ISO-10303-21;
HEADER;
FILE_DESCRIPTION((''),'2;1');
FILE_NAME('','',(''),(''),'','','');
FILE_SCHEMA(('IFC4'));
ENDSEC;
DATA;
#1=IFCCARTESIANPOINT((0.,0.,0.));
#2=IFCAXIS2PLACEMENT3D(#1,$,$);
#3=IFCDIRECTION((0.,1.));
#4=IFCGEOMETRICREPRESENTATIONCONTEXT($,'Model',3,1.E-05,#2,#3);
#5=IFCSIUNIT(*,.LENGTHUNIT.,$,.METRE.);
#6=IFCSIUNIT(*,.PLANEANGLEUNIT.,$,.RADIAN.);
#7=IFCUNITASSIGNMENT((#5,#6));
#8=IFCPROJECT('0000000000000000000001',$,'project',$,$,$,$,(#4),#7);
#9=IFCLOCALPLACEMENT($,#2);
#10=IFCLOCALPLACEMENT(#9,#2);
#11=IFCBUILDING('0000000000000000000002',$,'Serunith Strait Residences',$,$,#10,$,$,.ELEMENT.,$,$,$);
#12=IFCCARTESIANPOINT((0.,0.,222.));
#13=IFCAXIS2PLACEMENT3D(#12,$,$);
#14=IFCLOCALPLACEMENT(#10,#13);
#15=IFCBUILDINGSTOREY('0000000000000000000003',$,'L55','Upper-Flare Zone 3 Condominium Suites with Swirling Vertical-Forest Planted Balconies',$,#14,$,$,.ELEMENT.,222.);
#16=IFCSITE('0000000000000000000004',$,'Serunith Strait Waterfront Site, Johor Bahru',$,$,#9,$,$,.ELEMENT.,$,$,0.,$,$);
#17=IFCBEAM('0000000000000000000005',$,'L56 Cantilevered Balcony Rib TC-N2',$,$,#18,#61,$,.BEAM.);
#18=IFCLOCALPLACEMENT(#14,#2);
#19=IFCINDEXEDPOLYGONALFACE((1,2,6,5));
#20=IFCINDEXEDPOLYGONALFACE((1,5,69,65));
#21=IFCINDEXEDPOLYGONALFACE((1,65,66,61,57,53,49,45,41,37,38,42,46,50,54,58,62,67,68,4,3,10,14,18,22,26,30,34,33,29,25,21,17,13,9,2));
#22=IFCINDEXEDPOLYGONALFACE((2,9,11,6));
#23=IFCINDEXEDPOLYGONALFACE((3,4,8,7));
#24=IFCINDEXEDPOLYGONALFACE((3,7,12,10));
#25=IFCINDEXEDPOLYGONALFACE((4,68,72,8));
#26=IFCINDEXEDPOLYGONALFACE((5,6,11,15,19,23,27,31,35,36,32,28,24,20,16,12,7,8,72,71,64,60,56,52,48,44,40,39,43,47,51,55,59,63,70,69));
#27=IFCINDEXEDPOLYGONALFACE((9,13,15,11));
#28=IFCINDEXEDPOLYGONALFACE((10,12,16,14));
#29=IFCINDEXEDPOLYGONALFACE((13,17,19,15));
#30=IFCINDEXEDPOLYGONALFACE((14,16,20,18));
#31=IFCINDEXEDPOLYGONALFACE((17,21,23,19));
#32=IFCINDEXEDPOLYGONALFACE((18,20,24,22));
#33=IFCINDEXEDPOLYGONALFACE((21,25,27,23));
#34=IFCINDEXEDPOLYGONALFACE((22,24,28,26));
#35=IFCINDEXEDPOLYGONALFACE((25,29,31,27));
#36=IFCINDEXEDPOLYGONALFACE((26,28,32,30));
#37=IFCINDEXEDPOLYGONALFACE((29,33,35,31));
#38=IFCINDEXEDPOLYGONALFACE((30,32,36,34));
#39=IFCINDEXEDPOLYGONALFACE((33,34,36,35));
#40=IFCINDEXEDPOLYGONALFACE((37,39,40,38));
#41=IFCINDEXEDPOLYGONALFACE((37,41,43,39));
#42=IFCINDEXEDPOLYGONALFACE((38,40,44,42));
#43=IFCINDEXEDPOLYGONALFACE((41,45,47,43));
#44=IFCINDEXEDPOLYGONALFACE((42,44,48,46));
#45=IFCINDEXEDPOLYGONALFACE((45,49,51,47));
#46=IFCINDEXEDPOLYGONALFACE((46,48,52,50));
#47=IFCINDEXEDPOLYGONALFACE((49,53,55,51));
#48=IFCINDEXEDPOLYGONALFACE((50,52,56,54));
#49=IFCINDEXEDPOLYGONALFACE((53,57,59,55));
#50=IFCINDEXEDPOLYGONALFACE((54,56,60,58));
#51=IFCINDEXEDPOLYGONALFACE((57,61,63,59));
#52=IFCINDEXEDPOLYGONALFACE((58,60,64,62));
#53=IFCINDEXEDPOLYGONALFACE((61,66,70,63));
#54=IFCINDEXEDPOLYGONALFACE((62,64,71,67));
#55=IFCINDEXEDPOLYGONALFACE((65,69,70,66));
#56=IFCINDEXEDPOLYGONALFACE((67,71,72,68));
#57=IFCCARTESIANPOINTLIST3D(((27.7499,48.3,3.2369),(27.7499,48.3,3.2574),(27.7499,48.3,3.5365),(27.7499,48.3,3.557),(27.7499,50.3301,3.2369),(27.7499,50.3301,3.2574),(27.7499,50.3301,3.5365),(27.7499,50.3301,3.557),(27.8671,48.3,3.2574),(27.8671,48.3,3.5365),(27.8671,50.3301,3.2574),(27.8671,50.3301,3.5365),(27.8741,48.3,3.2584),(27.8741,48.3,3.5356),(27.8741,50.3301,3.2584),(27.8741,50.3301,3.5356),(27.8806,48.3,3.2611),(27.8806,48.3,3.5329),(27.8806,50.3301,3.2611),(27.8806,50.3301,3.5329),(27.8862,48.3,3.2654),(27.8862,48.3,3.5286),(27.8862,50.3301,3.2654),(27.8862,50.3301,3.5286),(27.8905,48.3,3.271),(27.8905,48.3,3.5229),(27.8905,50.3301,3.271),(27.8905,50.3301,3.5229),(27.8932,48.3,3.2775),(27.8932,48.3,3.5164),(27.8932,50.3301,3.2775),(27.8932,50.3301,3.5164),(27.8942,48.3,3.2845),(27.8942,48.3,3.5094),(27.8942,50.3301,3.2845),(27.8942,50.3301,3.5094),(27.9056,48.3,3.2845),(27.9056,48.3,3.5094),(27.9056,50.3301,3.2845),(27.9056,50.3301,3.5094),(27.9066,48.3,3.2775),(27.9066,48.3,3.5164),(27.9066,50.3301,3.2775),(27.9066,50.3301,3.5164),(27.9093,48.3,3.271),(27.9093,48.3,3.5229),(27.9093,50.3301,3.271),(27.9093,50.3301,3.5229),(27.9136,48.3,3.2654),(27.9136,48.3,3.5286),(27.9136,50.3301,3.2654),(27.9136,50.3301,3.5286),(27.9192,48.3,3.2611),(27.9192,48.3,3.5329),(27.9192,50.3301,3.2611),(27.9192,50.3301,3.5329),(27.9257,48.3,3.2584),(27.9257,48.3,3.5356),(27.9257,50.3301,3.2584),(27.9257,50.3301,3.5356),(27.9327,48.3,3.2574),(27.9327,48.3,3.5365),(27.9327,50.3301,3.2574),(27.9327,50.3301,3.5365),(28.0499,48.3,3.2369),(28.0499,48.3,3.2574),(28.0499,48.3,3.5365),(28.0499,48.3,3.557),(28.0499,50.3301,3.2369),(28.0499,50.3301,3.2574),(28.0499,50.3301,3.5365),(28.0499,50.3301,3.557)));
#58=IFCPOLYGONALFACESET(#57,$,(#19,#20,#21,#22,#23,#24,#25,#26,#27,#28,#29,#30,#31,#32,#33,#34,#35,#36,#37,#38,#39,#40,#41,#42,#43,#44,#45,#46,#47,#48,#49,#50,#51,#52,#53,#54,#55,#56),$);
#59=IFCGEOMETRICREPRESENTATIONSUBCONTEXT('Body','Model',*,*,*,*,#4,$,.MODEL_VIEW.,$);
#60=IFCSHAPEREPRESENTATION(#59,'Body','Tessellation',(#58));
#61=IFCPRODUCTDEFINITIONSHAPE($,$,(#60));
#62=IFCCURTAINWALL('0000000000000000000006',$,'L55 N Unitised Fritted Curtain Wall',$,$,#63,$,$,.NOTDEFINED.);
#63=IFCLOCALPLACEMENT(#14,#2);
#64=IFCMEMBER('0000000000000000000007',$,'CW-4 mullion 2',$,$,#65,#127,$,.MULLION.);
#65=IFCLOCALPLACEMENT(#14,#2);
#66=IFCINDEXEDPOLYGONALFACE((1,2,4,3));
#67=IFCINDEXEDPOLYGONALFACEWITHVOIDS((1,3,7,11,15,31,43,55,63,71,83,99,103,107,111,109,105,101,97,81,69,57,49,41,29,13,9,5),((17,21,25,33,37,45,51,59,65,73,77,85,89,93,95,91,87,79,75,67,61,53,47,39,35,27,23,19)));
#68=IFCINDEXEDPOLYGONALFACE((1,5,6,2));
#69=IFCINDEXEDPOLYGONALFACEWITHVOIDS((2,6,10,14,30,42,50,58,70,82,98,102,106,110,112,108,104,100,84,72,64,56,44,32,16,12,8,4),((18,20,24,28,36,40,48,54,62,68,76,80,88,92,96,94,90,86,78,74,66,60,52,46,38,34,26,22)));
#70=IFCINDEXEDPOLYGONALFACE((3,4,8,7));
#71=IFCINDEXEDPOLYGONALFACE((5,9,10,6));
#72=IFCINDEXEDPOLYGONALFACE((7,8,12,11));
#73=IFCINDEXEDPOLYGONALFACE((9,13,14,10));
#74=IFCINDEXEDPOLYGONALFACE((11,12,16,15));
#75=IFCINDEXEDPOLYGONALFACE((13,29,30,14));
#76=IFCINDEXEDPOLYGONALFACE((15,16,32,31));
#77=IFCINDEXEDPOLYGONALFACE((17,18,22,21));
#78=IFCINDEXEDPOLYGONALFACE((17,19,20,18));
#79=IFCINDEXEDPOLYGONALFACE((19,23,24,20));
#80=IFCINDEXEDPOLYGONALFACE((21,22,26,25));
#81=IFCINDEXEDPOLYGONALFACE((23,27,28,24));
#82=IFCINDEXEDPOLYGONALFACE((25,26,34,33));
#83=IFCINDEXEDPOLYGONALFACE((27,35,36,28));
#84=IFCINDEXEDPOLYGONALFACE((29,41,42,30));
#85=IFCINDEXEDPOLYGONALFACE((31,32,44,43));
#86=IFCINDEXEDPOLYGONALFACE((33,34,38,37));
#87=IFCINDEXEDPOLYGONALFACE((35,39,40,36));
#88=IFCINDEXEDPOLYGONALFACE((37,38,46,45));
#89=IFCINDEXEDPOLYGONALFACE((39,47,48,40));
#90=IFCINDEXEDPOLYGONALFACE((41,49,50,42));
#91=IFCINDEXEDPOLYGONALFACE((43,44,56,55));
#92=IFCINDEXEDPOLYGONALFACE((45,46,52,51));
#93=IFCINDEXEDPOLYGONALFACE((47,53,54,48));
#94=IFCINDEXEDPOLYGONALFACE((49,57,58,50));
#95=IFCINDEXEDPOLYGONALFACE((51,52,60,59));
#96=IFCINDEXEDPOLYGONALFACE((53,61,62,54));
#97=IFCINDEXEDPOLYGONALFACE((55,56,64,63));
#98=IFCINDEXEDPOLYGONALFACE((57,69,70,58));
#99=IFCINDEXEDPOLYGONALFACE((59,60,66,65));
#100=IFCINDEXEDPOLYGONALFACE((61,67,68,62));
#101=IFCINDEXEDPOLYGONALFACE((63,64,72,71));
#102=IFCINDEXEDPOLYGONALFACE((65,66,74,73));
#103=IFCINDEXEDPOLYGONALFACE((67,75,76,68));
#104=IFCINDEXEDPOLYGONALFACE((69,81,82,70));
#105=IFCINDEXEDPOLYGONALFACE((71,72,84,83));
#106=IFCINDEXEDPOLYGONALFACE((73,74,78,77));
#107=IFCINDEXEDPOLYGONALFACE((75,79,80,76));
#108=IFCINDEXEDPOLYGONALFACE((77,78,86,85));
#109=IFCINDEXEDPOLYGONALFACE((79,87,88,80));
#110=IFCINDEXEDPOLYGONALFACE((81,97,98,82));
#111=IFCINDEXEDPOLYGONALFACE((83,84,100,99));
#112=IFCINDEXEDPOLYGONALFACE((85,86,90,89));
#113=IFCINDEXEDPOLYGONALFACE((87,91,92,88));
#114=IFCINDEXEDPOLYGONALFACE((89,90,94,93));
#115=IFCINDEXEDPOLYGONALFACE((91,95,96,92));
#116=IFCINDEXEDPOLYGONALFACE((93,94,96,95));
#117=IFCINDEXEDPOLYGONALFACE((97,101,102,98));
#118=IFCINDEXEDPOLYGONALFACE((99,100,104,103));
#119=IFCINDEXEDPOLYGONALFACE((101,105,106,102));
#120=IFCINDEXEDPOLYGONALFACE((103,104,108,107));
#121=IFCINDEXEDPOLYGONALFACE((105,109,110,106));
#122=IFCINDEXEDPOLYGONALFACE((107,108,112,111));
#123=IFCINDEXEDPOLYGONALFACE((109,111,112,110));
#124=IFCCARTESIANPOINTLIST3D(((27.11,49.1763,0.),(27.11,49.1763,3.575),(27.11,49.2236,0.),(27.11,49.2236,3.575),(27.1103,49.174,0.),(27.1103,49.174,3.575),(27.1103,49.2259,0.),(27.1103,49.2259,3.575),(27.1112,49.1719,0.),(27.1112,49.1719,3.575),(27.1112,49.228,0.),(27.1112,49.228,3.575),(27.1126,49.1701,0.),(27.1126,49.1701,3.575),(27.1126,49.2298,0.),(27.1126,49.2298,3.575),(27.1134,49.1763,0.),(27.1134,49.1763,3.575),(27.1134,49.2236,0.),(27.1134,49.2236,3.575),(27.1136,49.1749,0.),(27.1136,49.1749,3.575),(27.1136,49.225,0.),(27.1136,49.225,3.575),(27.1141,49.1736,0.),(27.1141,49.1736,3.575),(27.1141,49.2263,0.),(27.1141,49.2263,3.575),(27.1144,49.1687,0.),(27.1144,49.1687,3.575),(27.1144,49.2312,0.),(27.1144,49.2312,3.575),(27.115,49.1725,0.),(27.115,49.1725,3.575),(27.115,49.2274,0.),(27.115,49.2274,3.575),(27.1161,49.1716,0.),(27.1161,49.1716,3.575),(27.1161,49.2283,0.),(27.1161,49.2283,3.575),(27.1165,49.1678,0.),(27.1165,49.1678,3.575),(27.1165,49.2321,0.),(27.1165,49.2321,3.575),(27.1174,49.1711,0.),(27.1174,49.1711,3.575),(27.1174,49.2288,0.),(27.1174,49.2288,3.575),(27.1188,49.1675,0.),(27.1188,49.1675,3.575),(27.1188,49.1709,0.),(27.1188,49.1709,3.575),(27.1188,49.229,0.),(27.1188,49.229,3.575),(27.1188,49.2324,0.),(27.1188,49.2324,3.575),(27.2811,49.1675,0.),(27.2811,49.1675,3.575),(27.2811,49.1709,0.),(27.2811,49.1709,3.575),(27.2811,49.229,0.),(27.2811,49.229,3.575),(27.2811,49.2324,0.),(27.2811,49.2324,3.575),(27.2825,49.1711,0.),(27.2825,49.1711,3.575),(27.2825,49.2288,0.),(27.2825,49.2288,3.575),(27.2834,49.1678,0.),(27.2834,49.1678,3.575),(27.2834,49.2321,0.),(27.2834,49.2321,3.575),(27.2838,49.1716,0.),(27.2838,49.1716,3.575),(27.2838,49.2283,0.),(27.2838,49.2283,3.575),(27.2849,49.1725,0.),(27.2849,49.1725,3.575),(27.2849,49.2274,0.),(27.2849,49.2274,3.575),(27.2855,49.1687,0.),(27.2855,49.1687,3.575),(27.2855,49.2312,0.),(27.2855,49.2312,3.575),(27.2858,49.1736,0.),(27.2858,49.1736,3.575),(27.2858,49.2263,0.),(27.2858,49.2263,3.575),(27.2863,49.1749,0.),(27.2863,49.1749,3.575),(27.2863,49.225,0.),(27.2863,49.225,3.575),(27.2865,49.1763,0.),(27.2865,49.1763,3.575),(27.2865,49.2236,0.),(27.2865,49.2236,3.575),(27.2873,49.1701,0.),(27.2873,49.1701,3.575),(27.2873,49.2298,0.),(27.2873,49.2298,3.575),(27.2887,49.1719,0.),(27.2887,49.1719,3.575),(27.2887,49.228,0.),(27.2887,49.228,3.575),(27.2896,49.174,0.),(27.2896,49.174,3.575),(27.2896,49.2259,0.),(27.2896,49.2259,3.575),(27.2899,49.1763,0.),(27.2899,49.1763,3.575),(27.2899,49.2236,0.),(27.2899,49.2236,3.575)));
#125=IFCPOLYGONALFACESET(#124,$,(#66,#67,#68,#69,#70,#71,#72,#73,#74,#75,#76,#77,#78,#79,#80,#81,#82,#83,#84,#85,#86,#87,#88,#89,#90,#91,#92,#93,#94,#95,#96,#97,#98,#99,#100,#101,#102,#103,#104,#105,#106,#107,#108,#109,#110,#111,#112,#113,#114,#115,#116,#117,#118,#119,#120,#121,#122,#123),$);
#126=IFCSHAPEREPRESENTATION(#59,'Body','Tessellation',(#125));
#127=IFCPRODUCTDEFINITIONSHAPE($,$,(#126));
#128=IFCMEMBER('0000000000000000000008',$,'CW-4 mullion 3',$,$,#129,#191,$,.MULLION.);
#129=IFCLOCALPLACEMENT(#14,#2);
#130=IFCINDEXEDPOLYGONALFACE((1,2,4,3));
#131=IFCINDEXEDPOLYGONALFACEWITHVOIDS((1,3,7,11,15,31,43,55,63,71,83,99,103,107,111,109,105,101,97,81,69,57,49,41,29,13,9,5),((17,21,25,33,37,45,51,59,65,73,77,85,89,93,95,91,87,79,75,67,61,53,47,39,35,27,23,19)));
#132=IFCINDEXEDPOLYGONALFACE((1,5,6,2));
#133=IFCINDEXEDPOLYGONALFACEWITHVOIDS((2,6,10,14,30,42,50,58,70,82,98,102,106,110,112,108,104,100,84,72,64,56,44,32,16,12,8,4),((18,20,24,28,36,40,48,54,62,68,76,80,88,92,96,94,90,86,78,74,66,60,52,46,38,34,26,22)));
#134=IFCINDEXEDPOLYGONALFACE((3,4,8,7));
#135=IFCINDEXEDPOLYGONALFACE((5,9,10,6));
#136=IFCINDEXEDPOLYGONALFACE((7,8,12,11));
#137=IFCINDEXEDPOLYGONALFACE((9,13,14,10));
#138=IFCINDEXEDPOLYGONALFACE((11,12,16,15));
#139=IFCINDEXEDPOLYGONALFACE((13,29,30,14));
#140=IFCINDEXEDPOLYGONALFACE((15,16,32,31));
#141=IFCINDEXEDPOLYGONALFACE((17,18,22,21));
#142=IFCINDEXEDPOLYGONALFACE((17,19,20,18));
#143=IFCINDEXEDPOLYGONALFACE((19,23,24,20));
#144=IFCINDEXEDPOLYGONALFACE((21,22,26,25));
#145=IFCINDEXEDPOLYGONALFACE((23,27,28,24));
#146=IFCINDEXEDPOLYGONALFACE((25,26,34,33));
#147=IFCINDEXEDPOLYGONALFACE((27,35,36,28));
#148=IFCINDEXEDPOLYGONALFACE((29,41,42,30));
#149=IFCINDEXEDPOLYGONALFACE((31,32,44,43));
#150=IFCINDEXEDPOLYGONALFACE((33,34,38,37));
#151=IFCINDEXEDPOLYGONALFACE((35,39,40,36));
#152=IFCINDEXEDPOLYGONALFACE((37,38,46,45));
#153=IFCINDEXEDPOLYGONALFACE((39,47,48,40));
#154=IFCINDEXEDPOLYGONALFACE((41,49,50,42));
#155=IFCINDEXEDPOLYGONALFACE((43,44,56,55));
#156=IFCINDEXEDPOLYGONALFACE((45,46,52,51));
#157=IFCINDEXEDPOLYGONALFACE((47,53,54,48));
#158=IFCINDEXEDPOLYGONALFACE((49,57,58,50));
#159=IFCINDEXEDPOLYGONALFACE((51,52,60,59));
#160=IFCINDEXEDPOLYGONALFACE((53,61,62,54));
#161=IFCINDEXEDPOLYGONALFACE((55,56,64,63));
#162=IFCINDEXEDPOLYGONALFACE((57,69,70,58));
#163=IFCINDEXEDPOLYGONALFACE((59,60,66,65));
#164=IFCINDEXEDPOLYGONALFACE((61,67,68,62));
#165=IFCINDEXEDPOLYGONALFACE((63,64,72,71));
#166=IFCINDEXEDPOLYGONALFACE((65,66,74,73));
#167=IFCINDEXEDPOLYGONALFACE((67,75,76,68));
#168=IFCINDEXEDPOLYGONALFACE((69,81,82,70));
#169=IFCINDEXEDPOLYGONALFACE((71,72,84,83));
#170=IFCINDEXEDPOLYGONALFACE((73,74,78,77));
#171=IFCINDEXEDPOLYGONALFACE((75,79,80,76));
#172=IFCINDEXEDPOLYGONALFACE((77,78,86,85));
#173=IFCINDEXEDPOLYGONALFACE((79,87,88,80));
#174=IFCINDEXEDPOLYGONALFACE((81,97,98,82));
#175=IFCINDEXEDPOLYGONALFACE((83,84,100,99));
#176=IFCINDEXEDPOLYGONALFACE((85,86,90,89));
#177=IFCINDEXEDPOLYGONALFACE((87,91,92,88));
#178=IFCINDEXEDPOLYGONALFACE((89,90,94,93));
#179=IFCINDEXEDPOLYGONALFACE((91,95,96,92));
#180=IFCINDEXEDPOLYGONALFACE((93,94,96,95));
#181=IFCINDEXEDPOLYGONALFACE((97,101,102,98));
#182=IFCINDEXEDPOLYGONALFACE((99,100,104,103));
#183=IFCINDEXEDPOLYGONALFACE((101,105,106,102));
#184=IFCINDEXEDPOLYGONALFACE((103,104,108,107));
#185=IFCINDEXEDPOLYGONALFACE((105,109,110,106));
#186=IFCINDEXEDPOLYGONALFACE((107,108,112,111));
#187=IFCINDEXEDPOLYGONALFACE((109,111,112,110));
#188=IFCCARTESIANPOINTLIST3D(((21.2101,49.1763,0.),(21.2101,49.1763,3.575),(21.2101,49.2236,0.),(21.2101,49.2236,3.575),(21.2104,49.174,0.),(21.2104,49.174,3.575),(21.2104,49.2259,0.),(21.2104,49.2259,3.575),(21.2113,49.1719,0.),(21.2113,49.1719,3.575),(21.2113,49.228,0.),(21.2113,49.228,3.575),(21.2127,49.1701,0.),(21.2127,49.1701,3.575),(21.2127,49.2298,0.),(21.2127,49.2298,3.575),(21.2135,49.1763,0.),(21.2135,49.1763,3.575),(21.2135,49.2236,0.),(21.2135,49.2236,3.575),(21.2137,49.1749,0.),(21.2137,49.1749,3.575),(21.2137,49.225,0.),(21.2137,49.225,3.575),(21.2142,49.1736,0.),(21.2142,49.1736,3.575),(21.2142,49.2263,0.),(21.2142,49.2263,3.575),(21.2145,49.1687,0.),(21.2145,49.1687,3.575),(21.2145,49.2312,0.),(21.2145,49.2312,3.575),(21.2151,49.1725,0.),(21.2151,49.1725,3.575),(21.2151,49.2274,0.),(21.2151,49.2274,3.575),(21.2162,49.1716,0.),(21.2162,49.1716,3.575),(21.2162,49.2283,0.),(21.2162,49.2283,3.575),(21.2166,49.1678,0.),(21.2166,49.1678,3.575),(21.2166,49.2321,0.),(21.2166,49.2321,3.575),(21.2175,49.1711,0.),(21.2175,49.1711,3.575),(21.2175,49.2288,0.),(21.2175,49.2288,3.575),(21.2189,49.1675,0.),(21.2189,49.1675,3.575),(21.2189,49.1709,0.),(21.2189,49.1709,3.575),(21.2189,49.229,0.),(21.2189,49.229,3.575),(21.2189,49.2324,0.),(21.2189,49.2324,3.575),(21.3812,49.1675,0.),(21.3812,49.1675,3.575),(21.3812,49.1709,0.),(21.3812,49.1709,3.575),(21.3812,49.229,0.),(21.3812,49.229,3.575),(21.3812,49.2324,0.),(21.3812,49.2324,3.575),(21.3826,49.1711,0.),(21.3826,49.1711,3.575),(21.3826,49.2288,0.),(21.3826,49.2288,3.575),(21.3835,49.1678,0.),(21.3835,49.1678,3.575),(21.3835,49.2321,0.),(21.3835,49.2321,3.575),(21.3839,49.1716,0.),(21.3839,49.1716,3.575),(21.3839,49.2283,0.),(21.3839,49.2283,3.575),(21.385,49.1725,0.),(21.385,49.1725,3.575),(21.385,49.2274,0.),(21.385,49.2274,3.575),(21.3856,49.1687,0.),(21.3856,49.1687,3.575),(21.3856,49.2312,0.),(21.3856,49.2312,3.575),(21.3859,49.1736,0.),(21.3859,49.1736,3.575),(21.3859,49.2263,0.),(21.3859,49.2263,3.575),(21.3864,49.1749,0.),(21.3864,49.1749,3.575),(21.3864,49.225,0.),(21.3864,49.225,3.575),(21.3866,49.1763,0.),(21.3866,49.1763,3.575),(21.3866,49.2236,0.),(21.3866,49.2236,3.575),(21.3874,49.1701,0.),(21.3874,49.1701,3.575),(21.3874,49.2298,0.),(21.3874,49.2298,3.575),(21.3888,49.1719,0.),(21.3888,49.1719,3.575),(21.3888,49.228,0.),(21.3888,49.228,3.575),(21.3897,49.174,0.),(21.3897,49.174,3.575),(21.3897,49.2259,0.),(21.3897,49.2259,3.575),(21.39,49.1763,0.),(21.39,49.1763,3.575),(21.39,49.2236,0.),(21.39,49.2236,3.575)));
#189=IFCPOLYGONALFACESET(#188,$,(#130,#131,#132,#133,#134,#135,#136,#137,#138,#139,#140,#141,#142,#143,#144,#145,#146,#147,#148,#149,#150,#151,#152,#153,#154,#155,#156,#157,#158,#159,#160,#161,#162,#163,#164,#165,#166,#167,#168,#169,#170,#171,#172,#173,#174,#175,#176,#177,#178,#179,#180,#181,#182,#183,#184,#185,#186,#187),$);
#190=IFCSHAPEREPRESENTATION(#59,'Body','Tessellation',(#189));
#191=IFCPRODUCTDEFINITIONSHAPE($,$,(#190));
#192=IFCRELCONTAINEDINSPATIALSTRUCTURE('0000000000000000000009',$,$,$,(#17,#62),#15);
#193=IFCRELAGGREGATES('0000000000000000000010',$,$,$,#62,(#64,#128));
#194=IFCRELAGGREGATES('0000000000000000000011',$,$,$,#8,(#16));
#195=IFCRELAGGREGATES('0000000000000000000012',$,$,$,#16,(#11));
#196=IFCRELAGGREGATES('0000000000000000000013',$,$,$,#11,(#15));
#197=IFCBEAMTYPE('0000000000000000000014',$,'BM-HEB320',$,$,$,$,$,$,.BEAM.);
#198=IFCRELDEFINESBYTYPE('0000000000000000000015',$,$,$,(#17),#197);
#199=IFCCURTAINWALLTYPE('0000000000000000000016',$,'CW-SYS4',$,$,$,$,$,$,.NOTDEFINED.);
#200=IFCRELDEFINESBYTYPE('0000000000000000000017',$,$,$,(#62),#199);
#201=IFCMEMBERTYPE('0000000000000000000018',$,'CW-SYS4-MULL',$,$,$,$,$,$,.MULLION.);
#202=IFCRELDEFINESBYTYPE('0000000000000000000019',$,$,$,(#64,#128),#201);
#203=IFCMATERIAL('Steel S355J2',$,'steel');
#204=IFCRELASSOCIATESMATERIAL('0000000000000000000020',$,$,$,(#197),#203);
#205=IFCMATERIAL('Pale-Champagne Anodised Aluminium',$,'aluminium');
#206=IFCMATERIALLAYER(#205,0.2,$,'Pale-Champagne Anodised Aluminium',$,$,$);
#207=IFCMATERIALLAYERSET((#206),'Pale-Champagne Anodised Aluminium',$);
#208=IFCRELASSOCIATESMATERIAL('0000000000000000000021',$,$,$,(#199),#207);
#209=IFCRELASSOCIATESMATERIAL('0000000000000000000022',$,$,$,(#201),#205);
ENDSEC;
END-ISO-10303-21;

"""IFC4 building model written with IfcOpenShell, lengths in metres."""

from ifc_helpers import new_model, si_unit, direction, frame, origin, origin_2d, place, context, subcontext, project, spatial, hollow_rectangle, i_section, extrude, source, transform, mapped, material, layer, layer_set, material_profile, profile_set, type_object, element, aggregate, save


model = new_model("IFC4")

# Units and contexts
model_context = context("Model", 3, precision=1e-05, world=origin(), true_north=direction((0.0, 1.0)))
body_context = subcontext(model_context, "Body", "Model", "MODEL_VIEW")
ifc_project = project(units=[si_unit("LENGTHUNIT", "METRE"), si_unit("PLANEANGLEUNIT", "RADIAN")], contexts=[model_context])

# Site, building, storey
site_placement = place(None, origin())
site = spatial("IfcSite", under=ifc_project, at=site_placement, Name="Serunith Strait Waterfront Site, Johor Bahru", CompositionType="ELEMENT", RefElevation=0.0)
building_placement = place(site_placement, origin())
building = spatial("IfcBuilding", under=site, at=building_placement, Name="Serunith Strait Residences", CompositionType="ELEMENT")
storey_placement = place(building_placement, frame((0.0, 0.0, 222.0)))
storey = spatial("IfcBuildingStorey", under=building, at=storey_placement, Name="L55", Description="Upper-Flare Zone 3 Condominium Suites with Swirling Vertical-Forest Planted Balconies", CompositionType="ELEMENT", Elevation=222.0)

# Beam
ifc_material_1 = material(Name="Steel S355J2", Category="steel")
ifc_material_profile_1 = material_profile(ifc_material_1, i_section(OverallWidth=0.3, OverallDepth=0.3201, WebThickness=0.0115, FlangeThickness=0.0205, FilletRadius=0.0271, at=origin_2d()), Name="HEB 320")
ifc_profile_set_1 = profile_set([ifc_material_profile_1], Name="Steel S355J2")
beam_type_1 = type_object("IfcBeamType", Name="BM-HEB320", PredefinedType="BEAM", material=ifc_profile_set_1)
shared_shape_1 = source(origin(), body_context, "Body", "SweptSolid", [
    extrude(i_section(OverallWidth=0.3, OverallDepth=0.3201, WebThickness=0.0115, FlangeThickness=0.0205, FilletRadius=0.0271, at=origin_2d()), origin(), (0.0, 0.0, 1.0), 2.03),
])
beam_1_placement = place(storey_placement, frame((27.8999, 48.3, 3.397), z_axis=(0.0, 1.0, 0.0), x_axis=(-1.0, 0.0, 0.0)))
element("IfcBeam", 1, at=beam_1_placement, inside=storey, type_object=beam_type_1, Name="L56 Cantilevered Balcony Rib TC-N2", PredefinedType="BEAM", context=body_context, shape_type="MappedRepresentation", body=[
    mapped(shared_shape_1, transform((0.0, 0.0, 0.0), scale=1.0)),
])

# Curtain wall, members
ifc_material_2 = material(Name="Pale-Champagne Anodised Aluminium", Category="aluminium")
ifc_layer_1 = layer(ifc_material_2, 0.2, Name="Pale-Champagne Anodised Aluminium")
ifc_layer_set_1 = layer_set([ifc_layer_1], Name="Pale-Champagne Anodised Aluminium")
curtain_wall_type = type_object("IfcCurtainWallType", Name="CW-SYS4", PredefinedType="NOTDEFINED", material=ifc_layer_set_1)
curtain_wall_placement = place(storey_placement, origin())
curtain_wall = element("IfcCurtainWall", 2, at=curtain_wall_placement, inside=storey, type_object=curtain_wall_type, Name="L55 N Unitised Fritted Curtain Wall", PredefinedType="NOTDEFINED")
ifc_material_profile_2 = material_profile(ifc_material_2, hollow_rectangle(XDim=0.0649, YDim=0.1799, WallThickness=0.0034, InnerFilletRadius=0.0054, OuterFilletRadius=0.0088, at=origin_2d()), Name="ALU 180x65x3.5")
ifc_profile_set_2 = profile_set([ifc_material_profile_2], Name="Pale-Champagne Anodised Aluminium")
member_type_1 = type_object("IfcMemberType", Name="CW-SYS4-MULL", PredefinedType="MULLION", material=ifc_profile_set_2)
shared_shape_2 = source(origin(), body_context, "Body", "SweptSolid", [
    extrude(hollow_rectangle(XDim=0.0649, YDim=0.1799, WallThickness=0.0034, InnerFilletRadius=0.0054, OuterFilletRadius=0.0088, at=origin_2d()), origin(), (0.0, 0.0, 1.0), 3.575),
])
member_1_placement = place(storey_placement, frame((27.2, 49.2, 0.0), z_axis=(0.0, 0.0, 1.0), x_axis=(0.0, -1.0, 0.0)))
member_1 = element("IfcMember", 3, at=member_1_placement, type_object=member_type_1, Name="CW-4 mullion 2", PredefinedType="MULLION", context=body_context, shape_type="MappedRepresentation", body=[
    mapped(shared_shape_2, transform((0.0, 0.0, 0.0), scale=1.0)),
])
member_2_placement = place(storey_placement, frame((21.3, 49.2, 0.0), z_axis=(0.0, 0.0, 1.0), x_axis=(0.0, -1.0, 0.0)))
member_2 = element("IfcMember", 4, at=member_2_placement, type_object=member_type_1, Name="CW-4 mullion 3", PredefinedType="MULLION", context=body_context, shape_type="MappedRepresentation", body=[
    mapped(shared_shape_2, transform((0.0, 0.0, 0.0), scale=1.0)),
])
aggregate(curtain_wall, [member_1, member_2])

save(model, "model.ifc")
